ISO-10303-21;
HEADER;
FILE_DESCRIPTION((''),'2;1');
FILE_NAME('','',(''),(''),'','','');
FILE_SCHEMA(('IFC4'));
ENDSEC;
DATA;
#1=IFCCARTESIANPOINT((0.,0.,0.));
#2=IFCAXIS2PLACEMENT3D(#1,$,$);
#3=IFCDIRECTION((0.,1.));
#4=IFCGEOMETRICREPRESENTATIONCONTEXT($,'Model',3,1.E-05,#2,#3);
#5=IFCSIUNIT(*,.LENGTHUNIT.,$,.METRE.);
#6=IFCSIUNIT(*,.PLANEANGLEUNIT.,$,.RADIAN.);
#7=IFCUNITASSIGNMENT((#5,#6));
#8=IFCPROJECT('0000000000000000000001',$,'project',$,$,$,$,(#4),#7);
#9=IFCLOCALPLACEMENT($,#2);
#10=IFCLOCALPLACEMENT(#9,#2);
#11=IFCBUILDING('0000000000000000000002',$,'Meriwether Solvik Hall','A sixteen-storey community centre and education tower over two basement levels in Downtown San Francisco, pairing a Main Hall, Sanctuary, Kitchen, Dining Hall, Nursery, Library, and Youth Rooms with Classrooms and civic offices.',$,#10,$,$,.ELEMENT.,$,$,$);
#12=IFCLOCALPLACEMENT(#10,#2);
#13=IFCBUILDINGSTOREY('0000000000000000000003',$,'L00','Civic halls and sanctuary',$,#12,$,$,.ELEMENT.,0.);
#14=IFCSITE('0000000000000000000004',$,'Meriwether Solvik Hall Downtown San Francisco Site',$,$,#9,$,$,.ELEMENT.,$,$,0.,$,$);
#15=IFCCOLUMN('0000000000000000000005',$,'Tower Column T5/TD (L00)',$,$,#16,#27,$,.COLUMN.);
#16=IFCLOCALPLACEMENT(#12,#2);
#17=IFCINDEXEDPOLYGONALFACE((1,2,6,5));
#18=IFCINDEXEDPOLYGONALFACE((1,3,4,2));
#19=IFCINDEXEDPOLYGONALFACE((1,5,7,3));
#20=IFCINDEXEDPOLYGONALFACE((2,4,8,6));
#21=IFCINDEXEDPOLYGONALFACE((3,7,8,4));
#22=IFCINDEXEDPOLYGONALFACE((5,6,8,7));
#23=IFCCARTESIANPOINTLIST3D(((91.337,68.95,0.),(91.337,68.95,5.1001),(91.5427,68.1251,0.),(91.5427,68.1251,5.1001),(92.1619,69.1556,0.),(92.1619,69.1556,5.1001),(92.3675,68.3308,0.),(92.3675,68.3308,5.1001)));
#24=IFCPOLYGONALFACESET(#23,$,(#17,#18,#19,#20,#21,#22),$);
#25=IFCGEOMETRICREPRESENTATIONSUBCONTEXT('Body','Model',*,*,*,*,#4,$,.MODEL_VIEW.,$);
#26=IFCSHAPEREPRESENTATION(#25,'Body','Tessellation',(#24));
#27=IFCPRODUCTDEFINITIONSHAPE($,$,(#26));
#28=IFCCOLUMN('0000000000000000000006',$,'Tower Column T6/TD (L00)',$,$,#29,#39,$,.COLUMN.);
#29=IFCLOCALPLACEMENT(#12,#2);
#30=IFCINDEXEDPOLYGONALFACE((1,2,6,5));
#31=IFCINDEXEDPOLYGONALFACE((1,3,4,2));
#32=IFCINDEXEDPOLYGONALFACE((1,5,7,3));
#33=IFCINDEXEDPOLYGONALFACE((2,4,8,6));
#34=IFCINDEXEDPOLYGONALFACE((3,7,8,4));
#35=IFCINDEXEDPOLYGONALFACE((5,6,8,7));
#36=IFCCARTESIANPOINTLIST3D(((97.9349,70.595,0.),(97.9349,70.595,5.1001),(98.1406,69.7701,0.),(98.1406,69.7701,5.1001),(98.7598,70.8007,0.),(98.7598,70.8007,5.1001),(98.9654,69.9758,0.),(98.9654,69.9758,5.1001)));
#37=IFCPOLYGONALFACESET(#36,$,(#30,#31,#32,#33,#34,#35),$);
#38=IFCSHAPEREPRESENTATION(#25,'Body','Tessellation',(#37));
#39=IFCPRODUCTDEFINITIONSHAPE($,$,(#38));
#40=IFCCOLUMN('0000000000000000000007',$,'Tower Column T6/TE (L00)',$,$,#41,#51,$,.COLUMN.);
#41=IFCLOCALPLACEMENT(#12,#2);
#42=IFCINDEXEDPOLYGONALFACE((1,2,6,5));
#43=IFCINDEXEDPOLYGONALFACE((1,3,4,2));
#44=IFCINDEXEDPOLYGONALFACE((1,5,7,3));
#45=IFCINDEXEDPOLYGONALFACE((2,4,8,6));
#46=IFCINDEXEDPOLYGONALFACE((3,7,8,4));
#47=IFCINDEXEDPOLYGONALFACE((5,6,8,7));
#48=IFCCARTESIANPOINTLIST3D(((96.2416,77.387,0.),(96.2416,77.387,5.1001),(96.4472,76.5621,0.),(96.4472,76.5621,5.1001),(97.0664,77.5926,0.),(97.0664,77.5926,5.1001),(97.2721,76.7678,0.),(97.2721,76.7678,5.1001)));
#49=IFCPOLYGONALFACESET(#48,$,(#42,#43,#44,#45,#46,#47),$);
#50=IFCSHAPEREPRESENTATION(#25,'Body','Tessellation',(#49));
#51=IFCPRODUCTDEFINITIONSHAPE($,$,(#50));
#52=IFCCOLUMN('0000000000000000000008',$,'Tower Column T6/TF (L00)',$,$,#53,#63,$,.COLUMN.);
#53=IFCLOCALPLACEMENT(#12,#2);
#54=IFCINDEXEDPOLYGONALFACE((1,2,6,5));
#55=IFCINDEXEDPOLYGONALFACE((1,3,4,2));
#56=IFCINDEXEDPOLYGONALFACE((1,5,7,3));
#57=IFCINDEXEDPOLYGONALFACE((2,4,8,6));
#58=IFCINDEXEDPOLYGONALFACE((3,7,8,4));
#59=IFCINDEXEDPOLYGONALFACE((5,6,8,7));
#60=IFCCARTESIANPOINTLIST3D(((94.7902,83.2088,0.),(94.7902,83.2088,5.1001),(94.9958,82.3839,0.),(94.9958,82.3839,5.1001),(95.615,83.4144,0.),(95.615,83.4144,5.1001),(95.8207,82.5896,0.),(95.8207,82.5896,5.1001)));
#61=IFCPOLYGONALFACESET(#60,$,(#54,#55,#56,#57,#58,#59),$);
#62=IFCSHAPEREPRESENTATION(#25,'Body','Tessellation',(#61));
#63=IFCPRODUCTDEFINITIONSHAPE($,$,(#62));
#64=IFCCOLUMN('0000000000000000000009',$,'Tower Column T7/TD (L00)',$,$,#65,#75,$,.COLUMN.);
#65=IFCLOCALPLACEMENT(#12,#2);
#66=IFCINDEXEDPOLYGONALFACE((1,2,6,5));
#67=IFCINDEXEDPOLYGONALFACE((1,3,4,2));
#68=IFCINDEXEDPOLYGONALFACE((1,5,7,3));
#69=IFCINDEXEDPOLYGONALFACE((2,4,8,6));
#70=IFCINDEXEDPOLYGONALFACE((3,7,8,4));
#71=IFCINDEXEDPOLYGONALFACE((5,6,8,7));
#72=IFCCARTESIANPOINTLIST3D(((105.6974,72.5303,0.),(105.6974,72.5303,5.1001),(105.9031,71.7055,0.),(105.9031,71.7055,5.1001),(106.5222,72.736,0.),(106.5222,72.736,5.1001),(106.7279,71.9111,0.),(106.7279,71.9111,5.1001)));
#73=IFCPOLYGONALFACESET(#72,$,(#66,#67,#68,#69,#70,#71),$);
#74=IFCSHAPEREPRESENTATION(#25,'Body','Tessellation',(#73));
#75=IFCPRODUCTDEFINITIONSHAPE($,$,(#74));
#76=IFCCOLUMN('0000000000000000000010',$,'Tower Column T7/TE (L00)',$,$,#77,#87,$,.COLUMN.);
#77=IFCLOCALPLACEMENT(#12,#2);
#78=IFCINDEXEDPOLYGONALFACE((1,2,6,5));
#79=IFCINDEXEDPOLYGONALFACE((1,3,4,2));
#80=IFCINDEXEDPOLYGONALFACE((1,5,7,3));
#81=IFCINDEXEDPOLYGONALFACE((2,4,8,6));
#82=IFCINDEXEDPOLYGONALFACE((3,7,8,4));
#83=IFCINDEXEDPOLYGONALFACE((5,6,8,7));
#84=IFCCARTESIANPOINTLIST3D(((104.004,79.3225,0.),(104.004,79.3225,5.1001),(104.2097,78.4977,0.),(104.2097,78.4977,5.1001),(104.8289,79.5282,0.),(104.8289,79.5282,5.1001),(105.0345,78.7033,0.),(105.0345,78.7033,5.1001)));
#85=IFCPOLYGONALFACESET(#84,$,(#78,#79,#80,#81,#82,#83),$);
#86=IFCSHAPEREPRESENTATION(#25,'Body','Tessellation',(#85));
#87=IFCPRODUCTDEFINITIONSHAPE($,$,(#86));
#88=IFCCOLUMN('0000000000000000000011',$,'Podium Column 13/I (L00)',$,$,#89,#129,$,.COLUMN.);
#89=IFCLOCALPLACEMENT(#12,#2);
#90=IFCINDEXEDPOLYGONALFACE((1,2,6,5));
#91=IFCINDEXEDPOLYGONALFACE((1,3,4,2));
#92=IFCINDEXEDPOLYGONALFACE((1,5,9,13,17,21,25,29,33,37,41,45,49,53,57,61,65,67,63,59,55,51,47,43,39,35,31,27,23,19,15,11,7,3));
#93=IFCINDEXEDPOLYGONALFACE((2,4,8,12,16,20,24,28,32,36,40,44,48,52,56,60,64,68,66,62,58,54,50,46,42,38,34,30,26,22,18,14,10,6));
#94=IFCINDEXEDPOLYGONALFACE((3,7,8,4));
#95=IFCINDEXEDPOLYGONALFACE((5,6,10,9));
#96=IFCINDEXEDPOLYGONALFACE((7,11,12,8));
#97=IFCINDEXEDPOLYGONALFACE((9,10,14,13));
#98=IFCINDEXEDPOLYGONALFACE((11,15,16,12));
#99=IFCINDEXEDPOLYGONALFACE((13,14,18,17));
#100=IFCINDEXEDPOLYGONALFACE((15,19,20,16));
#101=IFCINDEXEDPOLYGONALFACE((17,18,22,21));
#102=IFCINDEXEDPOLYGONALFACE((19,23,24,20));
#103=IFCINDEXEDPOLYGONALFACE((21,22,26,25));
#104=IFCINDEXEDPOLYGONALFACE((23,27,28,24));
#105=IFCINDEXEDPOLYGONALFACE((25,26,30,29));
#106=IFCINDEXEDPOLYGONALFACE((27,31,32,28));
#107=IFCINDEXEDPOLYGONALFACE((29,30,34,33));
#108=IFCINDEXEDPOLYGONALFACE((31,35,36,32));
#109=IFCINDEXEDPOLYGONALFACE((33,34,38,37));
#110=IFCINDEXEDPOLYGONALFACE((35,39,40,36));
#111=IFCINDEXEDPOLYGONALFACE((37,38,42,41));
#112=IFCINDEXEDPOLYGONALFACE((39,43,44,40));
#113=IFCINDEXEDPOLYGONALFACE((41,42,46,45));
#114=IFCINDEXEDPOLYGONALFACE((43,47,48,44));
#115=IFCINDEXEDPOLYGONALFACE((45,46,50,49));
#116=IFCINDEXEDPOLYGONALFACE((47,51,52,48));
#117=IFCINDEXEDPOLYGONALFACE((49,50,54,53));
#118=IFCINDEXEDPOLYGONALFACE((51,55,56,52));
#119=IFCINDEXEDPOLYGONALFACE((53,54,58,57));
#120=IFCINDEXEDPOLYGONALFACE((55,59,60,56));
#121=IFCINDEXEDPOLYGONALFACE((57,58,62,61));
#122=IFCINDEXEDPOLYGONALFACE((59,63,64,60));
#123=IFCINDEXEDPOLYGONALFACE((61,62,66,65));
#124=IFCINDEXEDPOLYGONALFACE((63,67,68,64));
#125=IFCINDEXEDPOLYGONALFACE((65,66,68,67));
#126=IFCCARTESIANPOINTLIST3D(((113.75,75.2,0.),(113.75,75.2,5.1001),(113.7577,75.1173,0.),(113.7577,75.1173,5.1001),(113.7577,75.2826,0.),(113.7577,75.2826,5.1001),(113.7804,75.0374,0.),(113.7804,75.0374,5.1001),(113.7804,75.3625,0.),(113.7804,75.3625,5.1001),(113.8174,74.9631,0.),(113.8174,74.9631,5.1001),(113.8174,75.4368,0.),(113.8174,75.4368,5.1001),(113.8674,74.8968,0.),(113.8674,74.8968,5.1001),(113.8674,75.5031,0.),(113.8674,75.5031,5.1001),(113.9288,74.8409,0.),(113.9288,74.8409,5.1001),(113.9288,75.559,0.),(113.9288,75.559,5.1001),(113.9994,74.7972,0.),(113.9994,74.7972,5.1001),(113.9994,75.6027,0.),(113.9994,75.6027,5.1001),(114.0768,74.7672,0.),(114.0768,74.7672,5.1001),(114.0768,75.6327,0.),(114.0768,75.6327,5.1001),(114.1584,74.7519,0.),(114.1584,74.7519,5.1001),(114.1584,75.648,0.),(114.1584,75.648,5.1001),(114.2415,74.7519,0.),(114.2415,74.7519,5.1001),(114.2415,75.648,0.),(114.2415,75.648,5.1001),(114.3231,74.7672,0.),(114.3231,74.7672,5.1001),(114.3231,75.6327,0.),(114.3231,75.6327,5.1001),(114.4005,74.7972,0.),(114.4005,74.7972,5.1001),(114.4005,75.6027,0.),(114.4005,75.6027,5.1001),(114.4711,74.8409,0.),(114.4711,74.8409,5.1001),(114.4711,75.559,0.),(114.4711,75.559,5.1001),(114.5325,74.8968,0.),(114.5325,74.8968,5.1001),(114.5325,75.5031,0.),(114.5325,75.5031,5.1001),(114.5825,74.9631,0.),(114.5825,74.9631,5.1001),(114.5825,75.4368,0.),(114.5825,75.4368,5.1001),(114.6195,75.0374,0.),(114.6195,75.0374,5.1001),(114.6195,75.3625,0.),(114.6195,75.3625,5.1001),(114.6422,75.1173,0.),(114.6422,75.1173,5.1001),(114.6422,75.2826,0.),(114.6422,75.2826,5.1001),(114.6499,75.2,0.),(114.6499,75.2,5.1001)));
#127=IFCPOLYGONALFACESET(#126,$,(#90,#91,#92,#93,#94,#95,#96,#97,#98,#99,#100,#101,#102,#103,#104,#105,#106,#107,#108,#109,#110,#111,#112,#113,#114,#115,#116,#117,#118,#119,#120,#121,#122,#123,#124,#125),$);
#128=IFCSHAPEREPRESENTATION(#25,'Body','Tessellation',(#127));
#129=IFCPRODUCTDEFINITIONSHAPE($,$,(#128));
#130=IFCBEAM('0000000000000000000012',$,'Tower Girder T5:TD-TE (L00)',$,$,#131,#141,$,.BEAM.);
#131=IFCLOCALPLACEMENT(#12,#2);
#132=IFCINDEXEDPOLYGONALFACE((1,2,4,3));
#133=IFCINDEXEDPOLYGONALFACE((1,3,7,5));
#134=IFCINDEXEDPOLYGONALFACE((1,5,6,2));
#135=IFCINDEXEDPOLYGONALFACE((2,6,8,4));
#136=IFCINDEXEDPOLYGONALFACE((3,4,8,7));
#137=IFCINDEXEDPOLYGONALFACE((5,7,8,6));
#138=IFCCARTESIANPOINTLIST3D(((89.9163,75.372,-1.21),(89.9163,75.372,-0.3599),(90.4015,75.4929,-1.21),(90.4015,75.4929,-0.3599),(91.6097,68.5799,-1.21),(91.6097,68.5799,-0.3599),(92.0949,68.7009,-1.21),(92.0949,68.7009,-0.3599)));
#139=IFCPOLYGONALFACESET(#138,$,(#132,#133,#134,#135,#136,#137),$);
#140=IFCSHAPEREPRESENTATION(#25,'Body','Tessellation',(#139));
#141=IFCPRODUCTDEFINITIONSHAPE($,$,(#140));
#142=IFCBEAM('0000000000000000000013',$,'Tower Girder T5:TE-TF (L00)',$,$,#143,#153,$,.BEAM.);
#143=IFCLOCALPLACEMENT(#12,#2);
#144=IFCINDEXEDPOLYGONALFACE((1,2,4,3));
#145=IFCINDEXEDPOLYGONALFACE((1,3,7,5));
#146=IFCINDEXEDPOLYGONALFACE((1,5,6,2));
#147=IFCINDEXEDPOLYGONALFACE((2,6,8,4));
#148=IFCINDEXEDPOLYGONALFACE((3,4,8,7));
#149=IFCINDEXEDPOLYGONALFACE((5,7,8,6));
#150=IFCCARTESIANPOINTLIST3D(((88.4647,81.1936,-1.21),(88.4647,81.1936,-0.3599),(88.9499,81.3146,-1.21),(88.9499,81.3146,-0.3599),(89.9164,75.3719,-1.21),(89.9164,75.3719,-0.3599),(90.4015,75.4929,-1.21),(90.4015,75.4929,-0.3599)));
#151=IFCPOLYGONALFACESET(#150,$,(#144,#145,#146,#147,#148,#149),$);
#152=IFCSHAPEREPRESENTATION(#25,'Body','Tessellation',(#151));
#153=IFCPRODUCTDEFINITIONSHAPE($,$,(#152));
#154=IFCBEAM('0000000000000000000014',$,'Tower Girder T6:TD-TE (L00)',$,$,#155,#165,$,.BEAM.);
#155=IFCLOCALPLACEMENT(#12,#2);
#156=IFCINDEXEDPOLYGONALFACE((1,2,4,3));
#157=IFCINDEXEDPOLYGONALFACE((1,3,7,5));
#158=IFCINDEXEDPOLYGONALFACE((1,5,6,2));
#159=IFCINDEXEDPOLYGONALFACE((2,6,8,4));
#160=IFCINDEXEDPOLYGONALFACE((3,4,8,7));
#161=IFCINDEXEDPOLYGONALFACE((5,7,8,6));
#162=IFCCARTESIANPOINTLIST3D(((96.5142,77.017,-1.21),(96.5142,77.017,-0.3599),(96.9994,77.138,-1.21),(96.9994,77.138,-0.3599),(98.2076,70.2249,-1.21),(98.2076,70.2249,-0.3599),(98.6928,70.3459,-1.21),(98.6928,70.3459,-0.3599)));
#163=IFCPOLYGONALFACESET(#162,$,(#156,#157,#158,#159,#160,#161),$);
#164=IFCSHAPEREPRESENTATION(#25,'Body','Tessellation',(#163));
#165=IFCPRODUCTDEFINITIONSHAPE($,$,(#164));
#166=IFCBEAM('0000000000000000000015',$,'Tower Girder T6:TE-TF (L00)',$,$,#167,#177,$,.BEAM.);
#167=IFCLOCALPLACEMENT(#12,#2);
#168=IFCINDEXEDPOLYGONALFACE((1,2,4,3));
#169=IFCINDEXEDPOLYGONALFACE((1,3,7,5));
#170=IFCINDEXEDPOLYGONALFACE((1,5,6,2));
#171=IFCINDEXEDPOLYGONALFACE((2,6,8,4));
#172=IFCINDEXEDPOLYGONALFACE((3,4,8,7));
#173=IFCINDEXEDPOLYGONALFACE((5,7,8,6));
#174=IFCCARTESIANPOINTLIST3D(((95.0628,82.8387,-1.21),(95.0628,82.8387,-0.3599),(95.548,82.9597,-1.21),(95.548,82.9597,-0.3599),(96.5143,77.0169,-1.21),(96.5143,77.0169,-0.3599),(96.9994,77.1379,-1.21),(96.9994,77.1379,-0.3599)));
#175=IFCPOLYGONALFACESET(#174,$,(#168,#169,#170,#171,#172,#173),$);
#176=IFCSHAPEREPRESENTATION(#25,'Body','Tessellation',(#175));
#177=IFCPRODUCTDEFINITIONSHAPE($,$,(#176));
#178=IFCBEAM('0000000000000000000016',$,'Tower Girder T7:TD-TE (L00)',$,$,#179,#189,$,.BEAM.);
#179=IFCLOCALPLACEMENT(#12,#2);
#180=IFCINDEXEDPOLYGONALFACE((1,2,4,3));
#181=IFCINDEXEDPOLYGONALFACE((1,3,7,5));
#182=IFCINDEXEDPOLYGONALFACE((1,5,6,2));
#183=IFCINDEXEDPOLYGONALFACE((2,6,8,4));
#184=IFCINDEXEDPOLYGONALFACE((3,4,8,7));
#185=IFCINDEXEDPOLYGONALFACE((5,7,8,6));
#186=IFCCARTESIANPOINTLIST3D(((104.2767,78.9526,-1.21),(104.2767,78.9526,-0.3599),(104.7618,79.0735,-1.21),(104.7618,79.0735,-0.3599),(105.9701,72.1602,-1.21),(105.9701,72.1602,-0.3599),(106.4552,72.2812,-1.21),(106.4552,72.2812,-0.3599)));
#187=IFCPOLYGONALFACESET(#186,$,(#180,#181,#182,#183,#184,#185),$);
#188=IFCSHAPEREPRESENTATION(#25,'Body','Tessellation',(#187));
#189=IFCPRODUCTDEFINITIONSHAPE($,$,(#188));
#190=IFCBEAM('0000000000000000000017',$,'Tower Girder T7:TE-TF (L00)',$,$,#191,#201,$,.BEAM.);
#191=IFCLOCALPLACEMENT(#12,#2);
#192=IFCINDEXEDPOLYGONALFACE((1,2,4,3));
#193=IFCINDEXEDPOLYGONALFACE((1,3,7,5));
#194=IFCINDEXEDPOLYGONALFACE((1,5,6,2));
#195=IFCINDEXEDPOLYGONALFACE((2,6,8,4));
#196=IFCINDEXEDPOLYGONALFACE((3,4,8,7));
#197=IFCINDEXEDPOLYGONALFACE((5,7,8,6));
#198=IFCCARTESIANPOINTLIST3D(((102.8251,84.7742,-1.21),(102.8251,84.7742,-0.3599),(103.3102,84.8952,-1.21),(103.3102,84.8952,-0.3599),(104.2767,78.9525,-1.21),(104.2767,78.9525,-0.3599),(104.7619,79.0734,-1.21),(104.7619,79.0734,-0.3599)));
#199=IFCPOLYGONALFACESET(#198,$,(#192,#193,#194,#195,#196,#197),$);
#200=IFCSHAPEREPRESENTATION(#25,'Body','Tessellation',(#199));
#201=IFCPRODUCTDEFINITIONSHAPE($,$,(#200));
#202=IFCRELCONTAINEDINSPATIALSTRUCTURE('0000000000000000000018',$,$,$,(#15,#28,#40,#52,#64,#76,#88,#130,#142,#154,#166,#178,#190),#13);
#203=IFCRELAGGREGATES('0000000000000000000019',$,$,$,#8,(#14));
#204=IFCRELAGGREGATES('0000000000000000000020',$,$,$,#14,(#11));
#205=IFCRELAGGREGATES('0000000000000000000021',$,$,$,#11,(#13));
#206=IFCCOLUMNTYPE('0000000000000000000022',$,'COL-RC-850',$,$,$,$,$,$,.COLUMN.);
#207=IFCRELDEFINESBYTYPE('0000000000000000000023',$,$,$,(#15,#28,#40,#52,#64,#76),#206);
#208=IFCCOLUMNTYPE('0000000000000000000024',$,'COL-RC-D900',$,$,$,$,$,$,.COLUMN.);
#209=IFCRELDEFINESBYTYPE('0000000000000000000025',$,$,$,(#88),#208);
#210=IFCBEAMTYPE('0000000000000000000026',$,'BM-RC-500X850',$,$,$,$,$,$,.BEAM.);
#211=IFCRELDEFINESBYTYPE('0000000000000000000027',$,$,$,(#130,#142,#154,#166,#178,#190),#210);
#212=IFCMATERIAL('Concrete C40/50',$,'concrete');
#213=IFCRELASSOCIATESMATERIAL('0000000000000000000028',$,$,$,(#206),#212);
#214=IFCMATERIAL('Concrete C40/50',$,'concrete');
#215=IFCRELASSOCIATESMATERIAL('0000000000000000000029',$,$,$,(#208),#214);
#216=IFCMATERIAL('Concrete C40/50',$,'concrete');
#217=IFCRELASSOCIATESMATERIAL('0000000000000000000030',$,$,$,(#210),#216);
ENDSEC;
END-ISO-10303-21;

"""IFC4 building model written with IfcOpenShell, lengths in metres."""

from ifc_helpers import new_model, si_unit, direction, frame, origin, origin_2d, place, context, subcontext, project, spatial, rectangle, circle, extrude, material, material_profile, profile_set, type_object, element, save


model = new_model("IFC4")

# Units and contexts
model_context = context("Model", 3, precision=1e-05, world=origin(), true_north=direction((0.0, 1.0)))
body_context = subcontext(model_context, "Body", "Model", "MODEL_VIEW")
ifc_project = project(units=[si_unit("LENGTHUNIT", "METRE"), si_unit("PLANEANGLEUNIT", "RADIAN")], contexts=[model_context])

# Site, building, storey
site_placement = place(None, origin())
site = spatial("IfcSite", under=ifc_project, at=site_placement, Name="Meriwether Solvik Hall Downtown San Francisco Site", CompositionType="ELEMENT", RefElevation=0.0)
building_placement = place(site_placement, origin())
building = spatial("IfcBuilding", under=site, at=building_placement, Name="Meriwether Solvik Hall", Description="A sixteen-storey community centre and education tower over two basement levels in Downtown San Francisco, pairing a Main Hall, Sanctuary, Kitchen, Dining Hall, Nursery, Library, and Youth Rooms with Classrooms and civic offices.", CompositionType="ELEMENT")
storey_placement = place(building_placement, origin())
storey = spatial("IfcBuildingStorey", under=building, at=storey_placement, Name="L00", Description="Civic halls and sanctuary", CompositionType="ELEMENT", Elevation=0.0)

# Columns
ifc_material_1 = material(Name="Concrete C40/50", Category="concrete")
ifc_material_profile_1 = material_profile(ifc_material_1, rectangle(XDim=0.8501, YDim=0.8501, at=origin_2d()), Name="RCC-850X850")
ifc_profile_set_1 = profile_set([ifc_material_profile_1], Name="Concrete C40/50")
column_type_1 = type_object("IfcColumnType", Name="COL-RC-850", PredefinedType="COLUMN", material=ifc_profile_set_1)
for number, where, z_axis, x_axis, name in (
    (1, (91.8523, 68.6404, 0.0), (0.0, 0.0, 1.0), (0.970296, 0.241922, 0.0), "Tower Column T5/TD (L00)"),
    (2, (98.4502, 70.2854, 0.0), (0.0, 0.0, 1.0), (0.970296, 0.241922, 0.0), "Tower Column T6/TD (L00)"),
    (3, (96.7568, 77.0774, 0.0), (0.0, 0.0, 1.0), (0.970296, 0.241922, 0.0), "Tower Column T6/TE (L00)"),
    (4, (95.3054, 82.8992, 0.0), (0.0, 0.0, 1.0), (0.970296, 0.241922, 0.0), "Tower Column T6/TF (L00)"),
    (5, (106.2126, 72.2207, 0.0), (0.0, 0.0, 1.0), (0.970296, 0.241922, 0.0), "Tower Column T7/TD (L00)"),
    (6, (104.5193, 79.0129, 0.0), (0.0, 0.0, 1.0), (0.970296, 0.241922, 0.0), "Tower Column T7/TE (L00)"),
):
    element("IfcColumn", number, at=place(storey_placement, frame(where, z_axis=z_axis, x_axis=x_axis)), inside=storey, type_object=column_type_1, Name=name, PredefinedType="COLUMN", context=body_context, shape_type="SweptSolid", body=[
        extrude(rectangle(XDim=0.8501, YDim=0.8501, at=origin_2d()), origin(), (0.0, 0.0, 1.0), 5.1001),
    ])
ifc_material_2 = material(Name="Concrete C40/50", Category="concrete")
ifc_material_profile_2 = material_profile(ifc_material_2, circle(Radius=0.45, at=origin_2d()), Name="RCC-D900")
ifc_profile_set_2 = profile_set([ifc_material_profile_2], Name="Concrete C40/50")
column_type_2 = type_object("IfcColumnType", Name="COL-RC-D900", PredefinedType="COLUMN", material=ifc_profile_set_2)
column_placement = place(storey_placement, frame((114.2, 75.2, 0.0), z_axis=(0.0, 0.0, 1.0), x_axis=(1.0, 0.0, 0.0)))
element("IfcColumn", 7, at=column_placement, inside=storey, type_object=column_type_2, Name="Podium Column 13/I (L00)", PredefinedType="COLUMN", context=body_context, shape_type="SweptSolid", body=[
    extrude(circle(Radius=0.45, at=origin_2d()), origin(), (0.0, 0.0, 1.0), 5.1001),
])

# Beams
ifc_material_3 = material(Name="Concrete C40/50", Category="concrete")
ifc_material_profile_3 = material_profile(ifc_material_3, rectangle(XDim=0.5, YDim=0.8501, at=origin_2d()), Name="RCB-500X850")
ifc_profile_set_3 = profile_set([ifc_material_profile_3], Name="Concrete C40/50")
beam_type_1 = type_object("IfcBeamType", Name="BM-RC-500X850", PredefinedType="BEAM", material=ifc_profile_set_3)
beam_1_placement = place(storey_placement, frame((91.8523, 68.6404, -0.7849), z_axis=(-0.241912, 0.970298, 0.0), x_axis=(-0.970298, -0.241912, 0.0)))
element("IfcBeam", 8, at=beam_1_placement, inside=storey, type_object=beam_type_1, Name="Tower Girder T5:TD-TE (L00)", PredefinedType="BEAM", context=body_context, shape_type="SweptSolid", body=[
    extrude(rectangle(XDim=0.5, YDim=0.8501, at=origin_2d()), origin(), (0.0, 0.0, 1.0), 7.0),
])
beam_2_placement = place(storey_placement, frame((90.1589, 75.4324, -0.7849), z_axis=(-0.241942, 0.970291, 0.0), x_axis=(-0.970291, -0.241942, 0.0)))
element("IfcBeam", 9, at=beam_2_placement, inside=storey, type_object=beam_type_1, Name="Tower Girder T5:TE-TF (L00)", PredefinedType="BEAM", context=body_context, shape_type="SweptSolid", body=[
    extrude(rectangle(XDim=0.5, YDim=0.8501, at=origin_2d()), origin(), (0.0, 0.0, 1.0), 6.0),
])
beam_3_placement = place(storey_placement, frame((98.4502, 70.2854, -0.7849), z_axis=(-0.241912, 0.970298, 0.0), x_axis=(-0.970298, -0.241912, 0.0)))
element("IfcBeam", 10, at=beam_3_placement, inside=storey, type_object=beam_type_1, Name="Tower Girder T6:TD-TE (L00)", PredefinedType="BEAM", context=body_context, shape_type="SweptSolid", body=[
    extrude(rectangle(XDim=0.5, YDim=0.8501, at=origin_2d()), origin(), (0.0, 0.0, 1.0), 7.0),
])
beam_4_placement = place(storey_placement, frame((96.7568, 77.0774, -0.7849), z_axis=(-0.241904, 0.9703, 0.0), x_axis=(-0.9703, -0.241904, 0.0)))
element("IfcBeam", 11, at=beam_4_placement, inside=storey, type_object=beam_type_1, Name="Tower Girder T6:TE-TF (L00)", PredefinedType="BEAM", context=body_context, shape_type="SweptSolid", body=[
    extrude(rectangle(XDim=0.5, YDim=0.8501, at=origin_2d()), origin(), (0.0, 0.0, 1.0), 6.0),
])
beam_5_placement = place(storey_placement, frame((106.2126, 72.2207, -0.7849), z_axis=(-0.241904, 0.9703, 0.0), x_axis=(-0.9703, -0.241904, 0.0)))
element("IfcBeam", 12, at=beam_5_placement, inside=storey, type_object=beam_type_1, Name="Tower Girder T7:TD-TE (L00)", PredefinedType="BEAM", context=body_context, shape_type="SweptSolid", body=[
    extrude(rectangle(XDim=0.5, YDim=0.8501, at=origin_2d()), origin(), (0.0, 0.0, 1.0), 7.0002),
])
beam_6_placement = place(storey_placement, frame((104.5193, 79.0129, -0.7849), z_axis=(-0.241942, 0.970291, 0.0), x_axis=(-0.970291, -0.241942, 0.0)))
element("IfcBeam", 13, at=beam_6_placement, inside=storey, type_object=beam_type_1, Name="Tower Girder T7:TE-TF (L00)", PredefinedType="BEAM", context=body_context, shape_type="SweptSolid", body=[
    extrude(rectangle(XDim=0.5, YDim=0.8501, at=origin_2d()), origin(), (0.0, 0.0, 1.0), 6.0),
])

save(model, "model.ifc")
